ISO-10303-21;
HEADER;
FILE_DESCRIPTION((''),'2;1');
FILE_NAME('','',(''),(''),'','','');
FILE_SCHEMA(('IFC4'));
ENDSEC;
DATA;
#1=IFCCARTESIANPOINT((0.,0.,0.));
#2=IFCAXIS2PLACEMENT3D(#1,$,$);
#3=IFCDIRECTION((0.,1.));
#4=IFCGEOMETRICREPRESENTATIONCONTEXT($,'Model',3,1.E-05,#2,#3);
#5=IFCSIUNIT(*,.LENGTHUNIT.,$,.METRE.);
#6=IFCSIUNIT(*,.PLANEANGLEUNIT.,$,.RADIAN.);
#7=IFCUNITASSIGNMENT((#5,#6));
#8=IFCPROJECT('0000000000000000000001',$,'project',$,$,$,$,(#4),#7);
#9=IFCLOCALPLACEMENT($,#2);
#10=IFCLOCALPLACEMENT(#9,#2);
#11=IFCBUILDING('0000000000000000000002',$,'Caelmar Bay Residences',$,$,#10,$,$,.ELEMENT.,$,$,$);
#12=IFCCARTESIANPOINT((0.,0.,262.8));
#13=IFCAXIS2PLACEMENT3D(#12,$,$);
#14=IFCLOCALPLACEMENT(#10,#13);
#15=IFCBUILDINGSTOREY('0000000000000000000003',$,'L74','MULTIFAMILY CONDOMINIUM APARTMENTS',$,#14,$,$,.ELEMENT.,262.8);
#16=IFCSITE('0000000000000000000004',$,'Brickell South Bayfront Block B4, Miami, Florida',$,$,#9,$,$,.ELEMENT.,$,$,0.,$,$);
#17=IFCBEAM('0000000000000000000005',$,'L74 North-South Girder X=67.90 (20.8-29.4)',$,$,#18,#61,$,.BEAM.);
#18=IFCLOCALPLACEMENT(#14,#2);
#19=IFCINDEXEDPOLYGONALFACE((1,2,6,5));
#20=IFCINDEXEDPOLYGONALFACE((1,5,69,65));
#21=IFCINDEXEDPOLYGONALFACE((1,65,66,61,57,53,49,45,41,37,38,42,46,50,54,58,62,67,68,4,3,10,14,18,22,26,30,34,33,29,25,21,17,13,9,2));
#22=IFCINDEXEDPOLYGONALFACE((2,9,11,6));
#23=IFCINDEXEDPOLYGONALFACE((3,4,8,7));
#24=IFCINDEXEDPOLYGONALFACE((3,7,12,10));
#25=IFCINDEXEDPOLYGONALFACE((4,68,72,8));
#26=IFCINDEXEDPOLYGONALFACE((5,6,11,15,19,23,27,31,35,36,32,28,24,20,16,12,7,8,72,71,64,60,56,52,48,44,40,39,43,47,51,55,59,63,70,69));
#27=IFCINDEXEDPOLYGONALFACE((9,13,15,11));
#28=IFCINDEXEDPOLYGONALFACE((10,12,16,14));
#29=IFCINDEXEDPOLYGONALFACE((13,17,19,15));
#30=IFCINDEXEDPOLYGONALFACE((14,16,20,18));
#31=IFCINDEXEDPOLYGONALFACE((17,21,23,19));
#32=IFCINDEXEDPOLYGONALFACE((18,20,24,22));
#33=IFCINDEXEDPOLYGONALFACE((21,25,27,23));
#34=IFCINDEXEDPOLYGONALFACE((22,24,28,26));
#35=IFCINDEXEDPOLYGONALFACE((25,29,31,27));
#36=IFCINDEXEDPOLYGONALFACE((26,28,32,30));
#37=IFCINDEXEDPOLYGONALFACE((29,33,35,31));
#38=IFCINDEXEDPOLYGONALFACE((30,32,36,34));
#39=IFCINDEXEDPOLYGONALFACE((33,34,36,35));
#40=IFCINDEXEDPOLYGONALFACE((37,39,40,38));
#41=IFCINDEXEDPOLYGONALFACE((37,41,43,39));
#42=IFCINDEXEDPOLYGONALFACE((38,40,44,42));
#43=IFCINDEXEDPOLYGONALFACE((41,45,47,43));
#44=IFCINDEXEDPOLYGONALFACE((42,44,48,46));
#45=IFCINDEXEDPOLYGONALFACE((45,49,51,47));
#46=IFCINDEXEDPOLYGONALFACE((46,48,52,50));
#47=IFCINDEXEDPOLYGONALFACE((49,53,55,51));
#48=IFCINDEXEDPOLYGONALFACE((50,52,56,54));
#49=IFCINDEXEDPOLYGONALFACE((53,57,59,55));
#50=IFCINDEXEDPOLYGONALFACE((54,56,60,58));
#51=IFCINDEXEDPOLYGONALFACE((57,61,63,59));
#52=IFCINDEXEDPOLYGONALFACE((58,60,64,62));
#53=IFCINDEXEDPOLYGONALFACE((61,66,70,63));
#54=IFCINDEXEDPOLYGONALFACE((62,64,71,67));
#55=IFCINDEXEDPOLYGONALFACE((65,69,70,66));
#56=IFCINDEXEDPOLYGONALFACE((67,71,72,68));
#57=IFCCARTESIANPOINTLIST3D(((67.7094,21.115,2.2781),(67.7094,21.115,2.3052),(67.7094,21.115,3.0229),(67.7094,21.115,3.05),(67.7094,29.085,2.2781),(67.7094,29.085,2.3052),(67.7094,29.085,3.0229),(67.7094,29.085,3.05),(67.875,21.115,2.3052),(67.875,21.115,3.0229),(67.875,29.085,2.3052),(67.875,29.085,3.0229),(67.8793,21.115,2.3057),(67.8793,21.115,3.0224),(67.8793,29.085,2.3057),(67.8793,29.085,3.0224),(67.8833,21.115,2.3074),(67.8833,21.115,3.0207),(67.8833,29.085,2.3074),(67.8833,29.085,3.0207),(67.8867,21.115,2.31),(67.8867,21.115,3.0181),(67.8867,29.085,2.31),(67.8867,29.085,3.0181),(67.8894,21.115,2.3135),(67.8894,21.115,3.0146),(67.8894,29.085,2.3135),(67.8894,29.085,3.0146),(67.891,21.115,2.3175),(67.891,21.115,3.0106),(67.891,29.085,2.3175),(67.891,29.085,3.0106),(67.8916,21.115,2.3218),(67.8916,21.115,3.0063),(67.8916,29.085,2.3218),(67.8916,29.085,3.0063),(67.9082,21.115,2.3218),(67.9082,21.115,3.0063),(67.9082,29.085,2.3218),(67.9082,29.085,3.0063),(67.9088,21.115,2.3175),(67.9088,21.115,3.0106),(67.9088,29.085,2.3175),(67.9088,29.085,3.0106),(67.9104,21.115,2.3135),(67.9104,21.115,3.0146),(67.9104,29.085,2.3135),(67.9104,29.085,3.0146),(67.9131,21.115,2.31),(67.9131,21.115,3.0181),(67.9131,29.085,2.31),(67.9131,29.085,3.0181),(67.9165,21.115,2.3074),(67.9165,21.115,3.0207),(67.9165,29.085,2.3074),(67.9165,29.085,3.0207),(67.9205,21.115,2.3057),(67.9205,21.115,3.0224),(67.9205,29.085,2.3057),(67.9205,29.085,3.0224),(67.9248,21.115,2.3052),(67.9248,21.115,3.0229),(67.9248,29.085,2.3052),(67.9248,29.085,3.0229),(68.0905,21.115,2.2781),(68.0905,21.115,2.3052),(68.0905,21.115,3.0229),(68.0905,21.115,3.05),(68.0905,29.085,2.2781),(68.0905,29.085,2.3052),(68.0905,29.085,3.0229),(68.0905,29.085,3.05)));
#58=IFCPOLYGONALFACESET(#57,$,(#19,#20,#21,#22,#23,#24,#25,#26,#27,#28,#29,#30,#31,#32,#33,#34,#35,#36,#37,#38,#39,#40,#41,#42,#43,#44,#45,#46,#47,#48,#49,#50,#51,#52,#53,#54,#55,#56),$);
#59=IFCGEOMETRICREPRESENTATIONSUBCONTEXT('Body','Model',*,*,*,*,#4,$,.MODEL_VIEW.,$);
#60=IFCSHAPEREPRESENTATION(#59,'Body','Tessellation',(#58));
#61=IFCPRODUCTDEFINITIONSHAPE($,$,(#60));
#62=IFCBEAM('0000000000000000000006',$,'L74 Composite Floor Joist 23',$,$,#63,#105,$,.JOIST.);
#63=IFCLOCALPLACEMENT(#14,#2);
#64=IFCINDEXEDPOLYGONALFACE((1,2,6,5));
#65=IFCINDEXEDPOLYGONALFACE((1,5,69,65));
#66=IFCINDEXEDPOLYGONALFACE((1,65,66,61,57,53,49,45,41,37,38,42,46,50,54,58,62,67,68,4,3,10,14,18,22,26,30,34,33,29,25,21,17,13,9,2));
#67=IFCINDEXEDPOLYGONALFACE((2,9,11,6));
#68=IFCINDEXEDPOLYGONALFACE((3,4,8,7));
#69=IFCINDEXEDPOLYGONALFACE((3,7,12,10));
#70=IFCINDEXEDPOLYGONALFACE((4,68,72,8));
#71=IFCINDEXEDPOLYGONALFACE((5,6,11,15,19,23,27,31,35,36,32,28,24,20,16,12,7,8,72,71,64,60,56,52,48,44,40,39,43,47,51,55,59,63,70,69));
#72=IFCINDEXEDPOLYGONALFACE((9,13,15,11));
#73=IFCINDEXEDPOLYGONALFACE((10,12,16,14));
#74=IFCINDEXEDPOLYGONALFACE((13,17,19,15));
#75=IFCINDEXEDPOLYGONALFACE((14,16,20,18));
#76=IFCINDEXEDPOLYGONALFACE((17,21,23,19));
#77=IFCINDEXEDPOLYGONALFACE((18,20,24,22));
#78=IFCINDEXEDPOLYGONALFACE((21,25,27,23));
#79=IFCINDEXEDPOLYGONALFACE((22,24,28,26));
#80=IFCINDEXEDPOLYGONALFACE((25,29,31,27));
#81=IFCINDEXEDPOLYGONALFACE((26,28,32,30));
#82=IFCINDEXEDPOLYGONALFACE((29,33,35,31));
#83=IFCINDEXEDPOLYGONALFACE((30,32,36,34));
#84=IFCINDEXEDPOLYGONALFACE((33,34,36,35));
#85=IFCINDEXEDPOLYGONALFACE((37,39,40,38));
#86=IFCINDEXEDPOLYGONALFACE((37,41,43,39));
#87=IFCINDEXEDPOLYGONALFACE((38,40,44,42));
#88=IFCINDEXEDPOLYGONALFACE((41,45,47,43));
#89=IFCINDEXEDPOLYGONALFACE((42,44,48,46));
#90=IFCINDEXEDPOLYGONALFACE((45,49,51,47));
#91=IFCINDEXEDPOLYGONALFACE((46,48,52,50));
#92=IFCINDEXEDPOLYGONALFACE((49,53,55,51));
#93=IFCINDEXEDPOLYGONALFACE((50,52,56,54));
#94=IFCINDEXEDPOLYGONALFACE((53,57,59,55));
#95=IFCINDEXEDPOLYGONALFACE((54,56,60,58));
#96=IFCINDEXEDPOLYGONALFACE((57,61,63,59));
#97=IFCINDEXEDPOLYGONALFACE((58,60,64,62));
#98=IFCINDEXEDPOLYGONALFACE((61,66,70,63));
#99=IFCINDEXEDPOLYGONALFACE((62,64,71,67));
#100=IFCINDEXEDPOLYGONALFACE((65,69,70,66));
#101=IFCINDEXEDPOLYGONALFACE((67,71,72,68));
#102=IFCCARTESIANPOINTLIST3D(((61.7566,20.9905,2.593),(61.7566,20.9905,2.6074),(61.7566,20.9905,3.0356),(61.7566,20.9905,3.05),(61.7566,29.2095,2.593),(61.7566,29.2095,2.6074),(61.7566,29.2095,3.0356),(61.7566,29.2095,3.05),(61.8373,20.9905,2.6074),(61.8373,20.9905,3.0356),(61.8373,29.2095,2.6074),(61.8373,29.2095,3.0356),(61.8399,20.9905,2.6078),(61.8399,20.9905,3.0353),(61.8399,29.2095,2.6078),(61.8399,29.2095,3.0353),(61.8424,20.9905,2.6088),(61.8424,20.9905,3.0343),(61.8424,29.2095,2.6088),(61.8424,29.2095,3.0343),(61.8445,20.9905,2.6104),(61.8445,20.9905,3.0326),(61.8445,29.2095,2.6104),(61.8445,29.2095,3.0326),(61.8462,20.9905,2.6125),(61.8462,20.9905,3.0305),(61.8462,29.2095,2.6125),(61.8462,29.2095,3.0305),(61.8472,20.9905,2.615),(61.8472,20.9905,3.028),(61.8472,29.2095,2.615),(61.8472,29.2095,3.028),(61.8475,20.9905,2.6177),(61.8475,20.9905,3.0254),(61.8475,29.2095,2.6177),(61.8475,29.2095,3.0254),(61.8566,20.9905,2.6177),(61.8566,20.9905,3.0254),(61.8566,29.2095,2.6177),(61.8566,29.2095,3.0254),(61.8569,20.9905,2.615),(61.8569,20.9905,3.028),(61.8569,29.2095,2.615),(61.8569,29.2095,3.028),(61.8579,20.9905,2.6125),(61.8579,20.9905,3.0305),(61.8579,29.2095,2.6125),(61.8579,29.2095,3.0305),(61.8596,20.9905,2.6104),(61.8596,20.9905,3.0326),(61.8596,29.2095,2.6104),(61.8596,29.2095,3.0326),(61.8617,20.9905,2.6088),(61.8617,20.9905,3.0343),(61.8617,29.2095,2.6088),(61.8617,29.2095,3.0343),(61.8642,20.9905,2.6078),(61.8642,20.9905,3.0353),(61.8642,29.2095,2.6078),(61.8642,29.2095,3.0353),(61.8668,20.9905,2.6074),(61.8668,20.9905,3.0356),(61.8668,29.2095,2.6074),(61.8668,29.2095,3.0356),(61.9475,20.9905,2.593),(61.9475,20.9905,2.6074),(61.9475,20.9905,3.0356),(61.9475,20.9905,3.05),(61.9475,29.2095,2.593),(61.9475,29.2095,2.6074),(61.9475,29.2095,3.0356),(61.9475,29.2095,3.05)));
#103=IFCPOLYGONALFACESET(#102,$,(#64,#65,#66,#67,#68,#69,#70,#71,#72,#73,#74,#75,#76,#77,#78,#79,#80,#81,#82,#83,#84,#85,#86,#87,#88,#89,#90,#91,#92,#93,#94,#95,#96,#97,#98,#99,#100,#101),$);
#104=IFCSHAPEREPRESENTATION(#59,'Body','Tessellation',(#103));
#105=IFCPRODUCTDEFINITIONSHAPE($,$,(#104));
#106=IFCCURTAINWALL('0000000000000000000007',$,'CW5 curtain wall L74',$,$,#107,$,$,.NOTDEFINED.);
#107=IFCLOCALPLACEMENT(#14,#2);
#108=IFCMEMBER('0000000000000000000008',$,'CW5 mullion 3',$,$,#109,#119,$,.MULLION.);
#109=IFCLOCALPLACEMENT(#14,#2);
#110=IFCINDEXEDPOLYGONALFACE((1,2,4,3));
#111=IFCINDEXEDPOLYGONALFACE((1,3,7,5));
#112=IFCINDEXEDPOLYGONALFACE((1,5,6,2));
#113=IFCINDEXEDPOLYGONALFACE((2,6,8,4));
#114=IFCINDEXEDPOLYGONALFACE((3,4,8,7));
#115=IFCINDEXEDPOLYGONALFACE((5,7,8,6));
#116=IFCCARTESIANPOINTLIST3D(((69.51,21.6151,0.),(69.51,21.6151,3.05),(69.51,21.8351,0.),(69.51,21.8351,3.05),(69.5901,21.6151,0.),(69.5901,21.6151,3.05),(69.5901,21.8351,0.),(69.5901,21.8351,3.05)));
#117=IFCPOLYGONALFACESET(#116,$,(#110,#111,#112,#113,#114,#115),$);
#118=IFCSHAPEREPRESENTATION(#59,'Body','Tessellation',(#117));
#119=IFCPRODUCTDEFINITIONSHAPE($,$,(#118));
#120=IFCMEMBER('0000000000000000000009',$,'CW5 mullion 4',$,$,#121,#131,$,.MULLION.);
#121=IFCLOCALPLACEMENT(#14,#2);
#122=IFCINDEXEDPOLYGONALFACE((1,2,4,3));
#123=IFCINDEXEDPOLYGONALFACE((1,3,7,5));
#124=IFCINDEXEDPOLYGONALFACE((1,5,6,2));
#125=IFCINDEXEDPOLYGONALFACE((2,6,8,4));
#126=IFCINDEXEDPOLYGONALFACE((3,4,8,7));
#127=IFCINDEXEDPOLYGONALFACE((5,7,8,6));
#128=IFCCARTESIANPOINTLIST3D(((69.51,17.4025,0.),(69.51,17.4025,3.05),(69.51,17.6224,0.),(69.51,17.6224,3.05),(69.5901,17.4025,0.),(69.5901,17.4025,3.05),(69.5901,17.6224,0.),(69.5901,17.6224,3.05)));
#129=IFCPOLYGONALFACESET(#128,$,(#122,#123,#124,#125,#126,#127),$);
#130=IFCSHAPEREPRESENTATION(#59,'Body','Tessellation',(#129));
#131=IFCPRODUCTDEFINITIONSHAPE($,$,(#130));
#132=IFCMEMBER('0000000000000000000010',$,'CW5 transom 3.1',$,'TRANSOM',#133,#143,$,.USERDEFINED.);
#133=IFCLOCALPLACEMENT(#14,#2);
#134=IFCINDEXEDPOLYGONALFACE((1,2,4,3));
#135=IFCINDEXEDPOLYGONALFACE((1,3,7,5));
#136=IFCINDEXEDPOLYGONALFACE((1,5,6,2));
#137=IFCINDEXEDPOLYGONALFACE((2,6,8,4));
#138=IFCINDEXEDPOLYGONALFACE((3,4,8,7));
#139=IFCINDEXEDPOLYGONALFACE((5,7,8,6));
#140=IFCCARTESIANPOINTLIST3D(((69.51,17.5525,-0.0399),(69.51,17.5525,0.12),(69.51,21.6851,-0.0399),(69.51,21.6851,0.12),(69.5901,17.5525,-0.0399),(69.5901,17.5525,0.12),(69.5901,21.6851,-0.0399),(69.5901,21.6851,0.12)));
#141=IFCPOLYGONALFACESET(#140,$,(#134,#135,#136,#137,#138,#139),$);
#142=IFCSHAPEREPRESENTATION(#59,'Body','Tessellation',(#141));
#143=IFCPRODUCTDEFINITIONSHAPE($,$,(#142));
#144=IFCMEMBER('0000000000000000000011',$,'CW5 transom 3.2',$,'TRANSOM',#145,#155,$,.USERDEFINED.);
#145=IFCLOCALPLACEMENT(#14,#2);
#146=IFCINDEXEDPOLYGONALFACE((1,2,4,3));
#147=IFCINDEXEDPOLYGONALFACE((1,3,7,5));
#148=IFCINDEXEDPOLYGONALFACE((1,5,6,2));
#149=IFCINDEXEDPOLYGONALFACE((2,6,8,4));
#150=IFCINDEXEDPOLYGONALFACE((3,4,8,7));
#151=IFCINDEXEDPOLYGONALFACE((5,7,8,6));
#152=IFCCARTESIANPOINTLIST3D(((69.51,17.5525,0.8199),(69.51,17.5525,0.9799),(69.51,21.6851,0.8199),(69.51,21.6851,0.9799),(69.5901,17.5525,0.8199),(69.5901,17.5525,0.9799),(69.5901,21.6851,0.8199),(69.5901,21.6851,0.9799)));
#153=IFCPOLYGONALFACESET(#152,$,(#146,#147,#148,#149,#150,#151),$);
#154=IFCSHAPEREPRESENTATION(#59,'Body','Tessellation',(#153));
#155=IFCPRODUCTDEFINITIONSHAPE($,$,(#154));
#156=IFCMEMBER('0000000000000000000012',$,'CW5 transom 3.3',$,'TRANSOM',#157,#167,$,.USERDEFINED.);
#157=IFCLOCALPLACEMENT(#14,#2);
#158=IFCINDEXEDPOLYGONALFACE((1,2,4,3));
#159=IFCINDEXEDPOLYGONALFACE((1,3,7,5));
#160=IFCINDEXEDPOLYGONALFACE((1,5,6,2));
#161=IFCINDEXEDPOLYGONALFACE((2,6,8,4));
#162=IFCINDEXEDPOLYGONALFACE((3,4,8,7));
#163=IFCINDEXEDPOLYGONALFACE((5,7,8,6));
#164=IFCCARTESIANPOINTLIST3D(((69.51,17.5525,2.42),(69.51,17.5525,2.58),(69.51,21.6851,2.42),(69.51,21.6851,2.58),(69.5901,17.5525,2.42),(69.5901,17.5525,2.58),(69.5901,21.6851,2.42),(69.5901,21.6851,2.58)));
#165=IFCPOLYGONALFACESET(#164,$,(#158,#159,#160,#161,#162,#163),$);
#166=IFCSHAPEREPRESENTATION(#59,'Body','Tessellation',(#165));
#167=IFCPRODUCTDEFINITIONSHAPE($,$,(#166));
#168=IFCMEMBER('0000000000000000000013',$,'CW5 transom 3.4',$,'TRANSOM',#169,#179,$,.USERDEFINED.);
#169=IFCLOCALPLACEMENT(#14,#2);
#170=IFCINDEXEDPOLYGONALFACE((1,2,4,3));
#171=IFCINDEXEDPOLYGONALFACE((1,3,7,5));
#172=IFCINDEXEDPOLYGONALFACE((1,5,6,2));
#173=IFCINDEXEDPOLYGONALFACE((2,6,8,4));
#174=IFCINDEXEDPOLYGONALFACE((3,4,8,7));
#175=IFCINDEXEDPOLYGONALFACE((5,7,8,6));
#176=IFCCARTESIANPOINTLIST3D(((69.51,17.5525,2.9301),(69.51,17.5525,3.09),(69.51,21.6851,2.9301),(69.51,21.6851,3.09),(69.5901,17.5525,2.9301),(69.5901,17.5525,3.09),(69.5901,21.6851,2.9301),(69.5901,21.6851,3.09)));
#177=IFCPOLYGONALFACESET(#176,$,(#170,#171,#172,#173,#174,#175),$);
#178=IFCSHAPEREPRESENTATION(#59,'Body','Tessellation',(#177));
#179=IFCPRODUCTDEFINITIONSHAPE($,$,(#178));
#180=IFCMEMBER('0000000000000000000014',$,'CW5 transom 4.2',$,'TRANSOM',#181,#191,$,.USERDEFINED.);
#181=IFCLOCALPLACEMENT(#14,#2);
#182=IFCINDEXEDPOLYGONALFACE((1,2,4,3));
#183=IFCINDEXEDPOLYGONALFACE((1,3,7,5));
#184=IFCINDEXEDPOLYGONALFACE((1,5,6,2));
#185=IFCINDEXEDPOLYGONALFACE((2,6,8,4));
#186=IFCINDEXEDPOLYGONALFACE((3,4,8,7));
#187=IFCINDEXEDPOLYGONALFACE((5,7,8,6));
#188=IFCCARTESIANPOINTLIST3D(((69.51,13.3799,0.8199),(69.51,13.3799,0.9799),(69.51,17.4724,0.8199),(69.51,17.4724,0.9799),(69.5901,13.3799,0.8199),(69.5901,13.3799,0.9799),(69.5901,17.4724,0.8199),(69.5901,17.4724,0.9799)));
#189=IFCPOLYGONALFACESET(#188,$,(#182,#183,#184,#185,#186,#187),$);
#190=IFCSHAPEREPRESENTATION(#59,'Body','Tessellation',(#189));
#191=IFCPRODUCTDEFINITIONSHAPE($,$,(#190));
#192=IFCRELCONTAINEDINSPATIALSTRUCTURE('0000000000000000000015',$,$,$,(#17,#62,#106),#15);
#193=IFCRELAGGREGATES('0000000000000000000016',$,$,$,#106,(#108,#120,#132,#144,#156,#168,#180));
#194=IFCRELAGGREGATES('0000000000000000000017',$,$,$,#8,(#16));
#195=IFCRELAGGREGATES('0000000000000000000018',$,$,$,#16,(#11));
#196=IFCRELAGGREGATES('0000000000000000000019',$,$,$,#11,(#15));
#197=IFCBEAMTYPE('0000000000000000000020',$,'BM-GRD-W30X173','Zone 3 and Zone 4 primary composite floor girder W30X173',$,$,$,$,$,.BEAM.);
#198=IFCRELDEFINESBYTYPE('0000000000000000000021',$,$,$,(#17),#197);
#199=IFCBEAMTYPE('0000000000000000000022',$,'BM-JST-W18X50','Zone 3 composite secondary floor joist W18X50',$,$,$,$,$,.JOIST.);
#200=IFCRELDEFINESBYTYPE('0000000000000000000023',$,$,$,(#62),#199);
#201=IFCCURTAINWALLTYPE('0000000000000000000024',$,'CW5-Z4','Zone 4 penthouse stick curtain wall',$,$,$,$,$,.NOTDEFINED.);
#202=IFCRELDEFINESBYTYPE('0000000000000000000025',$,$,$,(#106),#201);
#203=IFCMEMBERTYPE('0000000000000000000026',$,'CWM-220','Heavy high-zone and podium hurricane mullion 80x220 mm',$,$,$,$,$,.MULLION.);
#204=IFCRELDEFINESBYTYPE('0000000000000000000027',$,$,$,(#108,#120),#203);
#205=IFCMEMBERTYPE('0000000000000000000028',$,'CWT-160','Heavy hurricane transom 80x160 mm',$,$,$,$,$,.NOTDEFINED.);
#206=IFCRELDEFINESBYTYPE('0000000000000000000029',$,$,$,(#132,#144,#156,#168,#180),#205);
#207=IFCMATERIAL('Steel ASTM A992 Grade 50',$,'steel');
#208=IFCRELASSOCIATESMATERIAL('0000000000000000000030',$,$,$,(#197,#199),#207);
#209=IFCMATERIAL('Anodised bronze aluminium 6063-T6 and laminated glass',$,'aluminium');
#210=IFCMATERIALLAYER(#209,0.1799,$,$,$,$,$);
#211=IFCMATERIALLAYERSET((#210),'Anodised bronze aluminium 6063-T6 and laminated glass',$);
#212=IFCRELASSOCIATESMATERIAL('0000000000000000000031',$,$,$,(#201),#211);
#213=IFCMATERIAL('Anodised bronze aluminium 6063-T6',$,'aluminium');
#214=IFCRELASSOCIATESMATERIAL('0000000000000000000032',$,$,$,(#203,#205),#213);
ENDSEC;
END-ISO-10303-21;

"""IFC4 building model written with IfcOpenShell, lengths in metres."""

from ifc_helpers import new_model, si_unit, direction, frame, origin, origin_2d, place, context, subcontext, project, spatial, rectangle, i_section, extrude, material, layer, layer_set, material_profile, profile_set, type_object, element, aggregate, save


model = new_model("IFC4")

# Units and contexts
model_context = context("Model", 3, precision=1e-05, world=origin(), true_north=direction((0.0, 1.0)))
body_context = subcontext(model_context, "Body", "Model", "MODEL_VIEW")
ifc_project = project(units=[si_unit("LENGTHUNIT", "METRE"), si_unit("PLANEANGLEUNIT", "RADIAN")], contexts=[model_context])

# Site, building, storey
site_placement = place(None, origin())
site = spatial("IfcSite", under=ifc_project, at=site_placement, Name="Brickell South Bayfront Block B4, Miami, Florida", CompositionType="ELEMENT", RefElevation=0.0)
building_placement = place(site_placement, origin())
building = spatial("IfcBuilding", under=site, at=building_placement, Name="Caelmar Bay Residences", CompositionType="ELEMENT")
storey_placement = place(building_placement, frame((0.0, 0.0, 262.8)))
storey = spatial("IfcBuildingStorey", under=building, at=storey_placement, Name="L74", Description="MULTIFAMILY CONDOMINIUM APARTMENTS", CompositionType="ELEMENT", Elevation=262.8)

# Beams
ifc_material_1 = material(Name="Steel ASTM A992 Grade 50", Category="steel")
ifc_material_profile_1 = material_profile(ifc_material_1, i_section(OverallWidth=0.3811, OverallDepth=0.772, WebThickness=0.0166, FlangeThickness=0.0271, FilletRadius=0.0166, at=origin_2d()), Name="W30X173")
ifc_profile_set_1 = profile_set([ifc_material_profile_1], Name="Steel ASTM A992 Grade 50")
beam_type_1 = type_object("IfcBeamType", Name="BM-GRD-W30X173", Description="Zone 3 and Zone 4 primary composite floor girder W30X173", PredefinedType="BEAM", material=ifc_profile_set_1)
for number, where, z_axis, x_axis, name in (
    (1, (67.8999, 21.115, 2.6641), (0.0, 1.0, 0.0), (-1.0, 0.0, 0.0), "L74 North-South Girder X=67.90 (20.8-29.4)"),
):
    element("IfcBeam", number, at=place(storey_placement, frame(where, z_axis=z_axis, x_axis=x_axis)), inside=storey, type_object=beam_type_1, Name=name, PredefinedType="BEAM", context=body_context, shape_type="SweptSolid", body=[
        extrude(i_section(OverallWidth=0.3811, OverallDepth=0.772, WebThickness=0.0166, FlangeThickness=0.0271, FilletRadius=0.0166, at=origin_2d()), origin(), (0.0, 0.0, 1.0), 7.97),
    ])
ifc_material_profile_2 = material_profile(ifc_material_1, i_section(OverallWidth=0.1909, OverallDepth=0.457, WebThickness=0.009, FlangeThickness=0.0144, FilletRadius=0.0103, at=origin_2d()), Name="W18X50")
ifc_profile_set_2 = profile_set([ifc_material_profile_2], Name="Steel ASTM A992 Grade 50")
beam_type_2 = type_object("IfcBeamType", Name="BM-JST-W18X50", Description="Zone 3 composite secondary floor joist W18X50", PredefinedType="JOIST", material=ifc_profile_set_2)
beam_1_placement = place(storey_placement, frame((61.8521, 20.9905, 2.8215), z_axis=(0.0, 1.0, 0.0), x_axis=(-1.0, 0.0, 0.0)))
element("IfcBeam", 2, at=beam_1_placement, inside=storey, type_object=beam_type_2, Name="L74 Composite Floor Joist 23", PredefinedType="JOIST", context=body_context, shape_type="SweptSolid", body=[
    extrude(i_section(OverallWidth=0.1909, OverallDepth=0.457, WebThickness=0.009, FlangeThickness=0.0144, FilletRadius=0.0103, at=origin_2d()), origin(), (0.0, 0.0, 1.0), 8.219),
])

# Curtain wall, members
ifc_material_2 = material(Name="Anodised bronze aluminium 6063-T6 and laminated glass", Category="aluminium")
ifc_layer_1 = layer(ifc_material_2, 0.1799)
ifc_layer_set_1 = layer_set([ifc_layer_1], Name="Anodised bronze aluminium 6063-T6 and laminated glass")
curtain_wall_type = type_object("IfcCurtainWallType", Name="CW5-Z4", Description="Zone 4 penthouse stick curtain wall", PredefinedType="NOTDEFINED", material=ifc_layer_set_1)
curtain_wall_placement = place(storey_placement, origin())
curtain_wall = element("IfcCurtainWall", 3, at=curtain_wall_placement, inside=storey, type_object=curtain_wall_type, Name="CW5 curtain wall L74", PredefinedType="NOTDEFINED")
ifc_material_3 = material(Name="Anodised bronze aluminium 6063-T6", Category="aluminium")
ifc_material_profile_3 = material_profile(ifc_material_3, rectangle(XDim=0.0801, YDim=0.22, at=origin_2d()), Name="CWM-80X220")
ifc_profile_set_3 = profile_set([ifc_material_profile_3], Name="Anodised bronze aluminium 6063-T6")
member_type_1 = type_object("IfcMemberType", Name="CWM-220", Description="Heavy high-zone and podium hurricane mullion 80x220 mm", PredefinedType="MULLION", material=ifc_profile_set_3)
member_1_placement = place(storey_placement, frame((69.55, 21.7251, 0.0), z_axis=(0.0, 0.0, 1.0), x_axis=(1.0, 0.0, 0.0)))
member_1 = element("IfcMember", 4, at=member_1_placement, type_object=member_type_1, Name="CW5 mullion 3", PredefinedType="MULLION", context=body_context, shape_type="SweptSolid", body=[
    extrude(rectangle(XDim=0.0801, YDim=0.22, at=origin_2d()), origin(), (0.0, 0.0, 1.0), 3.05),
])
member_2_placement = place(storey_placement, frame((69.55, 17.5125, 0.0), z_axis=(0.0, 0.0, 1.0), x_axis=(1.0, 0.0, 0.0)))
member_2 = element("IfcMember", 5, at=member_2_placement, type_object=member_type_1, Name="CW5 mullion 4", PredefinedType="MULLION", context=body_context, shape_type="SweptSolid", body=[
    extrude(rectangle(XDim=0.0801, YDim=0.22, at=origin_2d()), origin(), (0.0, 0.0, 1.0), 3.05),
])
ifc_material_profile_4 = material_profile(ifc_material_3, rectangle(XDim=0.0801, YDim=0.1599, at=origin_2d()), Name="CWT-80X160")
ifc_profile_set_4 = profile_set([ifc_material_profile_4], Name="Anodised bronze aluminium 6063-T6")
member_type_2 = type_object("IfcMemberType", Name="CWT-160", Description="Heavy hurricane transom 80x160 mm", PredefinedType="NOTDEFINED", material=ifc_profile_set_4)
member_3_placement = place(storey_placement, frame((69.55, 21.6851, 0.04), z_axis=(0.0, -1.0, 0.0), x_axis=(1.0, 0.0, 0.0)))
member_3 = element("IfcMember", 6, at=member_3_placement, type_object=member_type_2, Name="CW5 transom 3.1", ObjectType="TRANSOM", PredefinedType="USERDEFINED", context=body_context, shape_type="SweptSolid", body=[
    extrude(rectangle(XDim=0.0801, YDim=0.1599, at=origin_2d()), origin(), (0.0, 0.0, 1.0), 4.1326),
])
member_4_placement = place(storey_placement, frame((69.55, 21.6851, 0.8999), z_axis=(0.0, -1.0, 0.0), x_axis=(1.0, 0.0, 0.0)))
member_4 = element("IfcMember", 7, at=member_4_placement, type_object=member_type_2, Name="CW5 transom 3.2", ObjectType="TRANSOM", PredefinedType="USERDEFINED", context=body_context, shape_type="SweptSolid", body=[
    extrude(rectangle(XDim=0.0801, YDim=0.1599, at=origin_2d()), origin(), (0.0, 0.0, 1.0), 4.1326),
])
member_5_placement = place(storey_placement, frame((69.55, 21.6851, 2.5), z_axis=(0.0, -1.0, 0.0), x_axis=(1.0, 0.0, 0.0)))
member_5 = element("IfcMember", 8, at=member_5_placement, type_object=member_type_2, Name="CW5 transom 3.3", ObjectType="TRANSOM", PredefinedType="USERDEFINED", context=body_context, shape_type="SweptSolid", body=[
    extrude(rectangle(XDim=0.0801, YDim=0.1599, at=origin_2d()), origin(), (0.0, 0.0, 1.0), 4.1326),
])
member_6_placement = place(storey_placement, frame((69.55, 21.6851, 3.01), z_axis=(0.0, -1.0, 0.0), x_axis=(1.0, 0.0, 0.0)))
member_6 = element("IfcMember", 9, at=member_6_placement, type_object=member_type_2, Name="CW5 transom 3.4", ObjectType="TRANSOM", PredefinedType="USERDEFINED", context=body_context, shape_type="SweptSolid", body=[
    extrude(rectangle(XDim=0.0801, YDim=0.1599, at=origin_2d()), origin(), (0.0, 0.0, 1.0), 4.1326),
])
member_7_placement = place(storey_placement, frame((69.55, 17.4724, 0.8999), z_axis=(0.0, -1.0, 0.0), x_axis=(1.0, 0.0, 0.0)))
member_7 = element("IfcMember", 10, at=member_7_placement, type_object=member_type_2, Name="CW5 transom 4.2", ObjectType="TRANSOM", PredefinedType="USERDEFINED", context=body_context, shape_type="SweptSolid", body=[
    extrude(rectangle(XDim=0.0801, YDim=0.1599, at=origin_2d()), origin(), (0.0, 0.0, 1.0), 4.0925),
])
aggregate(curtain_wall, [member_1, member_2, member_3, member_4, member_5, member_6, member_7])

save(model, "model.ifc")
